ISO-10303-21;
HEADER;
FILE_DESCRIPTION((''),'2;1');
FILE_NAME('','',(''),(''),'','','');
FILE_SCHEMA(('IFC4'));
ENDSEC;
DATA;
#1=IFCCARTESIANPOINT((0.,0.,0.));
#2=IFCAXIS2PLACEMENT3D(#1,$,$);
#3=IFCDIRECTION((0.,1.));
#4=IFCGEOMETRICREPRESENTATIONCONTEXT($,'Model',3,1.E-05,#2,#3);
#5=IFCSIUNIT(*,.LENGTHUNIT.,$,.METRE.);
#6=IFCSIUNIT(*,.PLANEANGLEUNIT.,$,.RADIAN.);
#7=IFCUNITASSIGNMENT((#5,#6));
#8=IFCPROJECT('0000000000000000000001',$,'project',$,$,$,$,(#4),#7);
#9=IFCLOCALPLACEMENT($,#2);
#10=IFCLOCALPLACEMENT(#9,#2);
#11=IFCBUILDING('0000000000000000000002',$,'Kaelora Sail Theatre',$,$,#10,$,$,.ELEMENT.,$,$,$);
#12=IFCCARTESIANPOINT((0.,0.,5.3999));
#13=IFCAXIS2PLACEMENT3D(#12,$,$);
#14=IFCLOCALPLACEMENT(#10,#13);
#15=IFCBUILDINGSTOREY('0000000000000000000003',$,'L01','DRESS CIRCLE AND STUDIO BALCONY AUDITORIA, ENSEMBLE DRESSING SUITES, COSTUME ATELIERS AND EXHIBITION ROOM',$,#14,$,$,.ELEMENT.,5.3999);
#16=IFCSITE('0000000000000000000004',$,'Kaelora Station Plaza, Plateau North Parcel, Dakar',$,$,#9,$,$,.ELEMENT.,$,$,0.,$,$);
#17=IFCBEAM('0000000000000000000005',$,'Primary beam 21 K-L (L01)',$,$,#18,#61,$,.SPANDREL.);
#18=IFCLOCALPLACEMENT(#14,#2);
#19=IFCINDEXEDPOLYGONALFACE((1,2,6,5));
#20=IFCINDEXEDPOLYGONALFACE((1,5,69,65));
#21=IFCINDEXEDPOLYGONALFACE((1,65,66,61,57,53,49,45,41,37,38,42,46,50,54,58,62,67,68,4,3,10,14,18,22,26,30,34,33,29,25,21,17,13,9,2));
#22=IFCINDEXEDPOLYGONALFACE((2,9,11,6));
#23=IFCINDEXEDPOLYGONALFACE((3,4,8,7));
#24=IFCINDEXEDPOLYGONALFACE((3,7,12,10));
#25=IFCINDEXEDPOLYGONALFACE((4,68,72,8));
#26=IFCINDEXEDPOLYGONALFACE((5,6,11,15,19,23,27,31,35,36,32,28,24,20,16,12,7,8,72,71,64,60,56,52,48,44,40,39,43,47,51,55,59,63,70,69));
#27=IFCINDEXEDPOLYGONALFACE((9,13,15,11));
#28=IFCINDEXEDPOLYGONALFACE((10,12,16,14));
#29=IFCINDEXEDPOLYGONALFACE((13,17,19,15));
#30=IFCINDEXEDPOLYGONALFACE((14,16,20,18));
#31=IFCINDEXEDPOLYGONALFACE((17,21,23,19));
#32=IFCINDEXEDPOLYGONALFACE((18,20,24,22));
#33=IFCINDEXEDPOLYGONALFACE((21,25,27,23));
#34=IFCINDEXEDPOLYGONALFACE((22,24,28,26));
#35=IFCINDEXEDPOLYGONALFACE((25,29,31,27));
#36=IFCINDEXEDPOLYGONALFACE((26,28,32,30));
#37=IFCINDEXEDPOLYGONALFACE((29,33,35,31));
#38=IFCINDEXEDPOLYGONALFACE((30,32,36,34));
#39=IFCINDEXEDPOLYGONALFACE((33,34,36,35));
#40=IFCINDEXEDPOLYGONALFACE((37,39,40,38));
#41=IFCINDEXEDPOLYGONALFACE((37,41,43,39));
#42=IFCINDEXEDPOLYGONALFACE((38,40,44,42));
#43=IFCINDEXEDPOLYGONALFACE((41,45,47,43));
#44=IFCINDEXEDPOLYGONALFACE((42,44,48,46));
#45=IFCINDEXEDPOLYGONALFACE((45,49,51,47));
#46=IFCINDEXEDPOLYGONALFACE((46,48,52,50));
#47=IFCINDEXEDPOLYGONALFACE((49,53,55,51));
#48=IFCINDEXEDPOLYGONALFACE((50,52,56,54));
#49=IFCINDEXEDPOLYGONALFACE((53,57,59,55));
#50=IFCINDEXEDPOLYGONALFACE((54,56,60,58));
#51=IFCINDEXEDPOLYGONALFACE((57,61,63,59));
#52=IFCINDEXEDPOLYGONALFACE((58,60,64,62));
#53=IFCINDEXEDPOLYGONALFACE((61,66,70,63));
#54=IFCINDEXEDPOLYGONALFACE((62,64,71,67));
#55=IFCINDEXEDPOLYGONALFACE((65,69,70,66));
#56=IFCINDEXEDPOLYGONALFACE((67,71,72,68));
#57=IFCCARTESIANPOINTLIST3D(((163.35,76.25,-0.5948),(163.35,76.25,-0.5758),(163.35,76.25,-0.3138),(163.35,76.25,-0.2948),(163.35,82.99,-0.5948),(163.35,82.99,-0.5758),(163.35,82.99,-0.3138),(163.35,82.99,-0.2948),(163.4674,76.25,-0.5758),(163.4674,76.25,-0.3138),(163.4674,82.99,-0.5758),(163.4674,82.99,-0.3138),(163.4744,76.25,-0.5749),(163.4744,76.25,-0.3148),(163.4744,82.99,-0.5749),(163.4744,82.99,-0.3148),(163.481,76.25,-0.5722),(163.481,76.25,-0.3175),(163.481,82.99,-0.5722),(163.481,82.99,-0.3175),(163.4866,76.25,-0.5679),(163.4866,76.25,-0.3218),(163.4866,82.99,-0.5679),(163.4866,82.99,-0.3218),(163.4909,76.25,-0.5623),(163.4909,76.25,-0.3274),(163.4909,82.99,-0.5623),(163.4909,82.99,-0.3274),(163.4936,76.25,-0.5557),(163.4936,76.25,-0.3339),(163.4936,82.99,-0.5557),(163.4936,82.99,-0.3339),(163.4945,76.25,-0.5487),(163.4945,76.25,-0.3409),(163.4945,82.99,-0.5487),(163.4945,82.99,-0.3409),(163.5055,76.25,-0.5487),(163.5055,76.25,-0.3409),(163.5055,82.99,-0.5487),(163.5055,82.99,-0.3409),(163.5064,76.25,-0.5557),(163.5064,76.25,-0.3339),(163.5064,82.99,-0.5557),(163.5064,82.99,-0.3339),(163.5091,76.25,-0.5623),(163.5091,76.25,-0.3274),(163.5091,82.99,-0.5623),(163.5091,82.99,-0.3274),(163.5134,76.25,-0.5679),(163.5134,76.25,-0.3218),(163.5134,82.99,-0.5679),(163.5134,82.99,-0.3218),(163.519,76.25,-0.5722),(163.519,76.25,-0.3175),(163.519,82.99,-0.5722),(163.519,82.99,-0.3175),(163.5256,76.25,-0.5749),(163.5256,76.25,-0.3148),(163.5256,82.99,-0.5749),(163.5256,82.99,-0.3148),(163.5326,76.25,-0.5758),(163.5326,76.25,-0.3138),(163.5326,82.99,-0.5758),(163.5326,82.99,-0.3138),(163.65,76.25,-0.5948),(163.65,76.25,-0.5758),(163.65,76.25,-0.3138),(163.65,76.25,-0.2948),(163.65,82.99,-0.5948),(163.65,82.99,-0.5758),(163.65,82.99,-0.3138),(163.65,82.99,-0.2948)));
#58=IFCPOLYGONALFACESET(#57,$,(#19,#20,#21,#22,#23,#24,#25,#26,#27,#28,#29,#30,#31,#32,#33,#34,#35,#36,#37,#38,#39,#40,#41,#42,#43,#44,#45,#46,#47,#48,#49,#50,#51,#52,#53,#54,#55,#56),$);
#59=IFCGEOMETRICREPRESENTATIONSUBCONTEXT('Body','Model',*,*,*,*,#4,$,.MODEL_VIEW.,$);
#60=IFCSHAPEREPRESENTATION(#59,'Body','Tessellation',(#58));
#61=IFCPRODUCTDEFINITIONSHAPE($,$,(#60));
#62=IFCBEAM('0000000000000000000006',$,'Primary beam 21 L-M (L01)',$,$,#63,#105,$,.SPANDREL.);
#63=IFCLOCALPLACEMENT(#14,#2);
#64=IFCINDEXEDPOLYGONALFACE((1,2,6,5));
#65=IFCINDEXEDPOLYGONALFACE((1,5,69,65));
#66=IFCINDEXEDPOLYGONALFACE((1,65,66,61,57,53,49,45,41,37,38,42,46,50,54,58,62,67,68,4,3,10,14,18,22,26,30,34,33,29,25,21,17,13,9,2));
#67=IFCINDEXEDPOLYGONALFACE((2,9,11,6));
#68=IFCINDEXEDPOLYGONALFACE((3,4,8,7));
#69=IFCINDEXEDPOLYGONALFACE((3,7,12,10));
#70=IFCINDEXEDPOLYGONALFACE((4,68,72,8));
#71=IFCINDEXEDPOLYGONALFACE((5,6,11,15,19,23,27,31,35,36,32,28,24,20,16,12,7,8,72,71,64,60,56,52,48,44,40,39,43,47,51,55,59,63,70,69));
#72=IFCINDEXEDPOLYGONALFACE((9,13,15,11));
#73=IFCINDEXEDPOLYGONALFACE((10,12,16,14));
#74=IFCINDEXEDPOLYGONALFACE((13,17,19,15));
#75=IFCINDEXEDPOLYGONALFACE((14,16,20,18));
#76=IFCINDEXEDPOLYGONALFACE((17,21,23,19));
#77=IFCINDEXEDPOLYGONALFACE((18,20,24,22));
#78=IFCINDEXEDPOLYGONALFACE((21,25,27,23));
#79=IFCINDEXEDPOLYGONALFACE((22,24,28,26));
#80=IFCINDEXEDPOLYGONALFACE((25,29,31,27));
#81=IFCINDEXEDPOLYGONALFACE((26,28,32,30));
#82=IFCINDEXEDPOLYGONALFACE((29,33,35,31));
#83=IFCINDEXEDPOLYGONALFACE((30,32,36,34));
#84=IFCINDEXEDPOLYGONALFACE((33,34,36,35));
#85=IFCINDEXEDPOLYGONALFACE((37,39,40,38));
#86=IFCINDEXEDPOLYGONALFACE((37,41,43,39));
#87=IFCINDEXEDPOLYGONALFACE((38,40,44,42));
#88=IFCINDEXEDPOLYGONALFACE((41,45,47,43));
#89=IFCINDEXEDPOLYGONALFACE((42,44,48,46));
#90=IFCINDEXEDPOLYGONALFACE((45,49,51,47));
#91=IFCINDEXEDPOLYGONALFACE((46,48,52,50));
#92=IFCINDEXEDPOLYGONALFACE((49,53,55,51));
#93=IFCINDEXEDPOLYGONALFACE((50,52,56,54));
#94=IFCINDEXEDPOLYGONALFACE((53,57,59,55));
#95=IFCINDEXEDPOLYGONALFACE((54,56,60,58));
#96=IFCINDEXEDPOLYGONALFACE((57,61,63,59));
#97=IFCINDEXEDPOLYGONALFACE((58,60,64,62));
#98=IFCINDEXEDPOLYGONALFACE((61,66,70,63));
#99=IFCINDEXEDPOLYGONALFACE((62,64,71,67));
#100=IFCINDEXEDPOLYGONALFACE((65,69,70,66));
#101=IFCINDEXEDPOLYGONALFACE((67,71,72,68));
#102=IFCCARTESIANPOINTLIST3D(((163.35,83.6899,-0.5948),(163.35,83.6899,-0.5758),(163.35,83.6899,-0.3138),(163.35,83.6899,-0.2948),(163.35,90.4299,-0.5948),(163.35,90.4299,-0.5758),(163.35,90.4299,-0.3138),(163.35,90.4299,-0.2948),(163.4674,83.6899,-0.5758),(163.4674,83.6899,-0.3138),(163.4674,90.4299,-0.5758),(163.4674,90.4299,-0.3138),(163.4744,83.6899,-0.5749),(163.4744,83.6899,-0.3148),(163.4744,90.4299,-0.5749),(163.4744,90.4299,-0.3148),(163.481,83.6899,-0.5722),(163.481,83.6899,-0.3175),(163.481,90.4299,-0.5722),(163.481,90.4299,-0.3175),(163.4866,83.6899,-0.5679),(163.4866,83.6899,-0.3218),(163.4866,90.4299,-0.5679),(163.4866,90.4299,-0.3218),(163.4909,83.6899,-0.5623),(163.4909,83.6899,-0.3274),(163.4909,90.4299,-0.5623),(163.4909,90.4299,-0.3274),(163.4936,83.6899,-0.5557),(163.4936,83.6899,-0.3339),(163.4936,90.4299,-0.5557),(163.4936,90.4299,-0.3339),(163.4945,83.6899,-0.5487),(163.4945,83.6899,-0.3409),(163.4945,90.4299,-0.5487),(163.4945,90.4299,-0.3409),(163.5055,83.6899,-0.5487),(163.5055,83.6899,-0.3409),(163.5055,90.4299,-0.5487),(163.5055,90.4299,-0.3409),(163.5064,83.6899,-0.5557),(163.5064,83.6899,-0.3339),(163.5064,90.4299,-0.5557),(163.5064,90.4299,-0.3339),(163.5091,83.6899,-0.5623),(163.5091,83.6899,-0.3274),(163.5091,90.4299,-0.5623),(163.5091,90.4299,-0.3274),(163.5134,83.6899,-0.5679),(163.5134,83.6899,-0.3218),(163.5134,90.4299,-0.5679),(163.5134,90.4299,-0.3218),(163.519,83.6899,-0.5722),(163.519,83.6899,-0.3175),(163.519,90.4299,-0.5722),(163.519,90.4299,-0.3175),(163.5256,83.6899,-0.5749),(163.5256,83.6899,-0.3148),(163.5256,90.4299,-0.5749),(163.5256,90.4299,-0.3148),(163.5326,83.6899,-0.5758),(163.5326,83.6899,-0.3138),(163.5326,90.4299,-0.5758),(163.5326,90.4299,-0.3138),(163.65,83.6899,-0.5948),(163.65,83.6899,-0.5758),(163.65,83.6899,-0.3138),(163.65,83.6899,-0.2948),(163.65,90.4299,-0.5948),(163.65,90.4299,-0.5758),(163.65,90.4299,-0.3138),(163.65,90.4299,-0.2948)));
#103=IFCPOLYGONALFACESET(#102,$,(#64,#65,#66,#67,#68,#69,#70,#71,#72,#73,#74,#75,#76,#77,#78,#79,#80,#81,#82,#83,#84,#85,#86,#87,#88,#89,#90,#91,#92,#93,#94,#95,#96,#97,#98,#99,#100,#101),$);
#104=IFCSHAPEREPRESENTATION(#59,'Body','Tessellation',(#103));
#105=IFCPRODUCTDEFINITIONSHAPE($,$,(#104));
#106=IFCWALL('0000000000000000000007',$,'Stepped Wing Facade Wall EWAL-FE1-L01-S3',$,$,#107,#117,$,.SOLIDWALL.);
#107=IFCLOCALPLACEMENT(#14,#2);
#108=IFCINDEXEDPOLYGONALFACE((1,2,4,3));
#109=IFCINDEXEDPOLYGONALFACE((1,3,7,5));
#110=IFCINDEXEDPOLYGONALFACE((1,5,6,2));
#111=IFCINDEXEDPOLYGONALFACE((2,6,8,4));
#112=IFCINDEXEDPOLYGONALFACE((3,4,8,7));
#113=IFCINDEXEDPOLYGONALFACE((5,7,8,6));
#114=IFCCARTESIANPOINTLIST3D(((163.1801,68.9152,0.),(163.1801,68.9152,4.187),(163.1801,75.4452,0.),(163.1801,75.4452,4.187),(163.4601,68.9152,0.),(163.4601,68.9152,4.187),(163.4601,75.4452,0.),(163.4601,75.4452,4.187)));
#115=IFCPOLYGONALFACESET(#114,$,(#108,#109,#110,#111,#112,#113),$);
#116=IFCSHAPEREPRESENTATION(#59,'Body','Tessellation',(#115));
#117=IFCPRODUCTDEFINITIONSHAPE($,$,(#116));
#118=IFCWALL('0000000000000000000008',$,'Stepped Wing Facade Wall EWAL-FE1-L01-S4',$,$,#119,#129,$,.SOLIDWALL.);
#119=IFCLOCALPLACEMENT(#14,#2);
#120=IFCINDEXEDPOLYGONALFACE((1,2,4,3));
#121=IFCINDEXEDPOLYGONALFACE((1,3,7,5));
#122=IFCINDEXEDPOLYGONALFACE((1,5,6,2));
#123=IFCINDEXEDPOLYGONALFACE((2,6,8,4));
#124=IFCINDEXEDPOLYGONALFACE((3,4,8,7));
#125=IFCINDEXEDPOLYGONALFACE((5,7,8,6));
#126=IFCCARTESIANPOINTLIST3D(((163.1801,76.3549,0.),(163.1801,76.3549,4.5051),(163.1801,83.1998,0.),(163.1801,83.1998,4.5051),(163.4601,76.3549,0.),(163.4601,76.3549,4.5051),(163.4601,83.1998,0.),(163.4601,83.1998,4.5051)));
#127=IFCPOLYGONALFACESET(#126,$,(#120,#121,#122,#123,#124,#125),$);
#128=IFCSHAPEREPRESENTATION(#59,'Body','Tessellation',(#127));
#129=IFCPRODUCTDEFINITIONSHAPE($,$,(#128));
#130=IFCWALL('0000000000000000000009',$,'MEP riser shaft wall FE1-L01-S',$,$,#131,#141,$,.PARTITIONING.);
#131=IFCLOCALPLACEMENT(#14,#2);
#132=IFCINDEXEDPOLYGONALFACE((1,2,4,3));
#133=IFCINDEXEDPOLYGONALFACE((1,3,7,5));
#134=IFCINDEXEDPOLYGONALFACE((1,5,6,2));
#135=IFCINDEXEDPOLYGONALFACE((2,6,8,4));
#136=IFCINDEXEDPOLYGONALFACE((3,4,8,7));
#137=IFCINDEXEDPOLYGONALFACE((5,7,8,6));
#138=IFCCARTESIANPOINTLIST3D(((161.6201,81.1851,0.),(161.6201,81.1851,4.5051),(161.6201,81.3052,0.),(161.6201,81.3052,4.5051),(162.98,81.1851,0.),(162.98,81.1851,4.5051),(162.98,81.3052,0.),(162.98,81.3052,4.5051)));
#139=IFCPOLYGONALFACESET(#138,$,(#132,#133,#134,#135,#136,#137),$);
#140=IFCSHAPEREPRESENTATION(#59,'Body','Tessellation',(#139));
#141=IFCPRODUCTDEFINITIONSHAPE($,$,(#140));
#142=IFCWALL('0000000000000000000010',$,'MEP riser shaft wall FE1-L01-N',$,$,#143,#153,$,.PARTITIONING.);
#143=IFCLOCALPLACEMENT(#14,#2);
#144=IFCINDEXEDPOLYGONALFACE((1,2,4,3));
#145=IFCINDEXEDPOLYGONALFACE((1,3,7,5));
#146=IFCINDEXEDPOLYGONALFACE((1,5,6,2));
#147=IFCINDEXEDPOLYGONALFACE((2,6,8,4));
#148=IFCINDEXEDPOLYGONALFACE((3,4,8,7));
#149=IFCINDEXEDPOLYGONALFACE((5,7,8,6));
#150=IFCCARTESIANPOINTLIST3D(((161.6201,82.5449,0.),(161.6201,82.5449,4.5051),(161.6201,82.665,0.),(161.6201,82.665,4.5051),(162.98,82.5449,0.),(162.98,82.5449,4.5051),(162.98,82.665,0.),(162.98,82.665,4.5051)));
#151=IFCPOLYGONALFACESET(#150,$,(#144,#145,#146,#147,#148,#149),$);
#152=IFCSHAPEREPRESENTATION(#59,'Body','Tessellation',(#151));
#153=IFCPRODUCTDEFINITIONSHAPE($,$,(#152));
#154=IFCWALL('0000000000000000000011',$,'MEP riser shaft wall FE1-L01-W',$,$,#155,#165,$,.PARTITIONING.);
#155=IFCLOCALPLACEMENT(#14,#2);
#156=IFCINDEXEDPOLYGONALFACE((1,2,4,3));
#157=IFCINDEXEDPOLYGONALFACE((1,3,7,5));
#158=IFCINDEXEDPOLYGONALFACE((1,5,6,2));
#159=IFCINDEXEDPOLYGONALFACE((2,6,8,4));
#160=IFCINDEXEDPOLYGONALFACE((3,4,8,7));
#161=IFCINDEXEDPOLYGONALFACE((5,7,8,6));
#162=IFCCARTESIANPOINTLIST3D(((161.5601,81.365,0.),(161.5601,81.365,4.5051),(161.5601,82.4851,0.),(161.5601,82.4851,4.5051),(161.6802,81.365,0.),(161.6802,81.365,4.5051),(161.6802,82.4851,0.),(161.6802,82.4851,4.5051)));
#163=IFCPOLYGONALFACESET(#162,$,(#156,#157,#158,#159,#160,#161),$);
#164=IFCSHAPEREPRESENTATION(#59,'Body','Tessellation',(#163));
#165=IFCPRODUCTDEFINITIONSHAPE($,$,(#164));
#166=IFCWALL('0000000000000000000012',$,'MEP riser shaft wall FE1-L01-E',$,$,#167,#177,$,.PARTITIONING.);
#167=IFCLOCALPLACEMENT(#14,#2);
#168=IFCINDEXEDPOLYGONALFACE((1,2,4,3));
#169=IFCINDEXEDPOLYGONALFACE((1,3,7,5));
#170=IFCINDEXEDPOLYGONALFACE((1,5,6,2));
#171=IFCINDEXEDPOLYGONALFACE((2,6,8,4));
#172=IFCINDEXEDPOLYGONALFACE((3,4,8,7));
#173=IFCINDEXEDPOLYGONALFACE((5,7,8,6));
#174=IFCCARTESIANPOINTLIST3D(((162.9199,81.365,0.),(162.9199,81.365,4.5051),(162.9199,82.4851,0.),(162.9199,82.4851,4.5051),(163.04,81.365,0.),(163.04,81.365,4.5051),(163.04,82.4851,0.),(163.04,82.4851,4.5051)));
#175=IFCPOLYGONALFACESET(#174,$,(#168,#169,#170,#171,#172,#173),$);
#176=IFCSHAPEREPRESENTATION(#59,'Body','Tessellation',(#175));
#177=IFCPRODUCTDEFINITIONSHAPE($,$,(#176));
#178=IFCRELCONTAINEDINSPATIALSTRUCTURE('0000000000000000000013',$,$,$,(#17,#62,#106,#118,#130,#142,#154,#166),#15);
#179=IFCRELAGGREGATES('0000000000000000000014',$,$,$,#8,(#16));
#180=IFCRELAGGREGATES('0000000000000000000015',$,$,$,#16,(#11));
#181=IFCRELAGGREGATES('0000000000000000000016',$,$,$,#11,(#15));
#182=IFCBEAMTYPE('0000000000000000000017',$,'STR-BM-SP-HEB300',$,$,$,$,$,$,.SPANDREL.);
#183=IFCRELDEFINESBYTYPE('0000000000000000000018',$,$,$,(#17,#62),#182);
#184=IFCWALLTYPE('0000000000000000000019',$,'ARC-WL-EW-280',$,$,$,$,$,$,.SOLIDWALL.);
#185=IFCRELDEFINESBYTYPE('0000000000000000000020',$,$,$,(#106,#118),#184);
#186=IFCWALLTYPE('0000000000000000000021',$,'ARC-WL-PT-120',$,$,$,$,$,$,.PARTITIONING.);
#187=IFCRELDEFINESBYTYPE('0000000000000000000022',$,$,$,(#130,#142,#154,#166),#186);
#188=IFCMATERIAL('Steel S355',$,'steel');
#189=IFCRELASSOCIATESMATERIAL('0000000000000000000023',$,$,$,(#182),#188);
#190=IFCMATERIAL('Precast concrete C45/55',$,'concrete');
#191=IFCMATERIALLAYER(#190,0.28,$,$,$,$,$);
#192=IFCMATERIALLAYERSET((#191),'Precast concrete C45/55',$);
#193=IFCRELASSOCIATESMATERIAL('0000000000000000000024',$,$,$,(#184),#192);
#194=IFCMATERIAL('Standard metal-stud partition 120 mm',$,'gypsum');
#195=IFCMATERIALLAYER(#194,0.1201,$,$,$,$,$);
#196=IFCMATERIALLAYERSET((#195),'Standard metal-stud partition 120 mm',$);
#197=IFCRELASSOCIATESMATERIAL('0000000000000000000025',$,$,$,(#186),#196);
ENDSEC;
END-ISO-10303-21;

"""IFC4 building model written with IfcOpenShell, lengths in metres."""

from ifc_helpers import new_model, si_unit, direction, frame, frame_2d, origin, origin_2d, place, context, subcontext, project, spatial, rectangle, i_section, extrude, material, layer, layer_set, material_profile, profile_set, type_object, element, save


model = new_model("IFC4")

# Units and contexts
model_context = context("Model", 3, precision=1e-05, world=origin(), true_north=direction((0.0, 1.0)))
body_context = subcontext(model_context, "Body", "Model", "MODEL_VIEW")
ifc_project = project(units=[si_unit("LENGTHUNIT", "METRE"), si_unit("PLANEANGLEUNIT", "RADIAN")], contexts=[model_context])

# Site, building, storey
site_placement = place(None, origin())
site = spatial("IfcSite", under=ifc_project, at=site_placement, Name="Kaelora Station Plaza, Plateau North Parcel, Dakar", CompositionType="ELEMENT", RefElevation=0.0)
building_placement = place(site_placement, origin())
building = spatial("IfcBuilding", under=site, at=building_placement, Name="Kaelora Sail Theatre", CompositionType="ELEMENT")
storey_placement = place(building_placement, frame((0.0, 0.0, 5.3999)))
storey = spatial("IfcBuildingStorey", under=building, at=storey_placement, Name="L01", Description="DRESS CIRCLE AND STUDIO BALCONY AUDITORIA, ENSEMBLE DRESSING SUITES, COSTUME ATELIERS AND EXHIBITION ROOM", CompositionType="ELEMENT", Elevation=5.3999)

# Beams
ifc_material_1 = material(Name="Steel S355", Category="steel")
ifc_material_profile_1 = material_profile(ifc_material_1, i_section(OverallWidth=0.3, OverallDepth=0.3, WebThickness=0.011, FlangeThickness=0.019, FilletRadius=0.0271, at=origin_2d()), Name="HEB 300")
ifc_profile_set_1 = profile_set([ifc_material_profile_1], Name="Steel S355")
beam_type_1 = type_object("IfcBeamType", Name="STR-BM-SP-HEB300", PredefinedType="SPANDREL", material=ifc_profile_set_1)
for number, where, z_axis, x_axis, name in (
    (1, (163.5, 76.25, -0.4448), (0.0, 1.0, 0.0), (-1.0, 0.0, 0.0), "Primary beam 21 K-L (L01)"),
    (2, (163.5, 83.6899, -0.4448), (0.0, 1.0, 0.0), (-1.0, 0.0, 0.0), "Primary beam 21 L-M (L01)"),
):
    element("IfcBeam", number, at=place(storey_placement, frame(where, z_axis=z_axis, x_axis=x_axis)), inside=storey, type_object=beam_type_1, Name=name, PredefinedType="SPANDREL", context=body_context, shape_type="SweptSolid", body=[
        extrude(i_section(OverallWidth=0.3, OverallDepth=0.3, WebThickness=0.011, FlangeThickness=0.019, FilletRadius=0.0271, at=origin_2d()), origin(), (0.0, 0.0, 1.0), 6.74),
    ])

# Walls
ifc_material_2 = material(Name="Precast concrete C45/55", Category="concrete")
ifc_layer_1 = layer(ifc_material_2, 0.28)
ifc_layer_set_1 = layer_set([ifc_layer_1], Name="Precast concrete C45/55")
wall_type_1 = type_object("IfcWallType", Name="ARC-WL-EW-280", PredefinedType="SOLIDWALL", material=ifc_layer_set_1)
wall_1_placement = place(storey_placement, frame((163.3201, 68.915, 0.0), z_axis=(0.0, 0.0, 1.0), x_axis=(0.0, 1.0, 0.0)))
element("IfcWall", 3, at=wall_1_placement, inside=storey, type_object=wall_type_1, Name="Stepped Wing Facade Wall EWAL-FE1-L01-S3", PredefinedType="SOLIDWALL", context=body_context, shape_type="SweptSolid", body=[
    extrude(rectangle(XDim=6.53, YDim=0.28, at=frame_2d((3.2651, 0.0))), origin(), (0.0, 0.0, 1.0), 4.187),
])
wall_2_placement = place(storey_placement, frame((163.3201, 76.355, 0.0), z_axis=(0.0, 0.0, 1.0), x_axis=(0.0, 1.0, 0.0)))
element("IfcWall", 4, at=wall_2_placement, inside=storey, type_object=wall_type_1, Name="Stepped Wing Facade Wall EWAL-FE1-L01-S4", PredefinedType="SOLIDWALL", context=body_context, shape_type="SweptSolid", body=[
    extrude(rectangle(XDim=6.845, YDim=0.28, at=frame_2d((3.4224, 0.0))), origin(), (0.0, 0.0, 1.0), 4.5051),
])
ifc_material_3 = material(Name="Standard metal-stud partition 120 mm", Category="gypsum")
ifc_layer_2 = layer(ifc_material_3, 0.1201)
ifc_layer_set_2 = layer_set([ifc_layer_2], Name="Standard metal-stud partition 120 mm")
wall_type_2 = type_object("IfcWallType", Name="ARC-WL-PT-120", PredefinedType="PARTITIONING", material=ifc_layer_set_2)
for number, where, z_axis, x_axis, name in (
    (5, (161.6201, 81.2451, 0.0), (0.0, 0.0, 1.0), (1.0, 0.0, 0.0), "MEP riser shaft wall FE1-L01-S"),
    (6, (161.6201, 82.605, 0.0), (0.0, 0.0, 1.0), (1.0, 0.0, 0.0), "MEP riser shaft wall FE1-L01-N"),
):
    element("IfcWall", number, at=place(storey_placement, frame(where, z_axis=z_axis, x_axis=x_axis)), inside=storey, type_object=wall_type_2, Name=name, PredefinedType="PARTITIONING", context=body_context, shape_type="SweptSolid", body=[
        extrude(rectangle(XDim=1.3599, YDim=0.1201, at=frame_2d((0.6799, 0.0))), origin(), (0.0, 0.0, 1.0), 4.5051),
    ])
for number, where, z_axis, x_axis, name in (
    (7, (161.6201, 81.365, 0.0), (0.0, 0.0, 1.0), (0.0, 1.0, 0.0), "MEP riser shaft wall FE1-L01-W"),
    (8, (162.98, 81.365, 0.0), (0.0, 0.0, 1.0), (0.0, 1.0, 0.0), "MEP riser shaft wall FE1-L01-E"),
):
    element("IfcWall", number, at=place(storey_placement, frame(where, z_axis=z_axis, x_axis=x_axis)), inside=storey, type_object=wall_type_2, Name=name, PredefinedType="PARTITIONING", context=body_context, shape_type="SweptSolid", body=[
        extrude(rectangle(XDim=1.1201, YDim=0.1201, at=frame_2d((0.5601, 0.0))), origin(), (0.0, 0.0, 1.0), 4.5051),
    ])

save(model, "model.ifc")
